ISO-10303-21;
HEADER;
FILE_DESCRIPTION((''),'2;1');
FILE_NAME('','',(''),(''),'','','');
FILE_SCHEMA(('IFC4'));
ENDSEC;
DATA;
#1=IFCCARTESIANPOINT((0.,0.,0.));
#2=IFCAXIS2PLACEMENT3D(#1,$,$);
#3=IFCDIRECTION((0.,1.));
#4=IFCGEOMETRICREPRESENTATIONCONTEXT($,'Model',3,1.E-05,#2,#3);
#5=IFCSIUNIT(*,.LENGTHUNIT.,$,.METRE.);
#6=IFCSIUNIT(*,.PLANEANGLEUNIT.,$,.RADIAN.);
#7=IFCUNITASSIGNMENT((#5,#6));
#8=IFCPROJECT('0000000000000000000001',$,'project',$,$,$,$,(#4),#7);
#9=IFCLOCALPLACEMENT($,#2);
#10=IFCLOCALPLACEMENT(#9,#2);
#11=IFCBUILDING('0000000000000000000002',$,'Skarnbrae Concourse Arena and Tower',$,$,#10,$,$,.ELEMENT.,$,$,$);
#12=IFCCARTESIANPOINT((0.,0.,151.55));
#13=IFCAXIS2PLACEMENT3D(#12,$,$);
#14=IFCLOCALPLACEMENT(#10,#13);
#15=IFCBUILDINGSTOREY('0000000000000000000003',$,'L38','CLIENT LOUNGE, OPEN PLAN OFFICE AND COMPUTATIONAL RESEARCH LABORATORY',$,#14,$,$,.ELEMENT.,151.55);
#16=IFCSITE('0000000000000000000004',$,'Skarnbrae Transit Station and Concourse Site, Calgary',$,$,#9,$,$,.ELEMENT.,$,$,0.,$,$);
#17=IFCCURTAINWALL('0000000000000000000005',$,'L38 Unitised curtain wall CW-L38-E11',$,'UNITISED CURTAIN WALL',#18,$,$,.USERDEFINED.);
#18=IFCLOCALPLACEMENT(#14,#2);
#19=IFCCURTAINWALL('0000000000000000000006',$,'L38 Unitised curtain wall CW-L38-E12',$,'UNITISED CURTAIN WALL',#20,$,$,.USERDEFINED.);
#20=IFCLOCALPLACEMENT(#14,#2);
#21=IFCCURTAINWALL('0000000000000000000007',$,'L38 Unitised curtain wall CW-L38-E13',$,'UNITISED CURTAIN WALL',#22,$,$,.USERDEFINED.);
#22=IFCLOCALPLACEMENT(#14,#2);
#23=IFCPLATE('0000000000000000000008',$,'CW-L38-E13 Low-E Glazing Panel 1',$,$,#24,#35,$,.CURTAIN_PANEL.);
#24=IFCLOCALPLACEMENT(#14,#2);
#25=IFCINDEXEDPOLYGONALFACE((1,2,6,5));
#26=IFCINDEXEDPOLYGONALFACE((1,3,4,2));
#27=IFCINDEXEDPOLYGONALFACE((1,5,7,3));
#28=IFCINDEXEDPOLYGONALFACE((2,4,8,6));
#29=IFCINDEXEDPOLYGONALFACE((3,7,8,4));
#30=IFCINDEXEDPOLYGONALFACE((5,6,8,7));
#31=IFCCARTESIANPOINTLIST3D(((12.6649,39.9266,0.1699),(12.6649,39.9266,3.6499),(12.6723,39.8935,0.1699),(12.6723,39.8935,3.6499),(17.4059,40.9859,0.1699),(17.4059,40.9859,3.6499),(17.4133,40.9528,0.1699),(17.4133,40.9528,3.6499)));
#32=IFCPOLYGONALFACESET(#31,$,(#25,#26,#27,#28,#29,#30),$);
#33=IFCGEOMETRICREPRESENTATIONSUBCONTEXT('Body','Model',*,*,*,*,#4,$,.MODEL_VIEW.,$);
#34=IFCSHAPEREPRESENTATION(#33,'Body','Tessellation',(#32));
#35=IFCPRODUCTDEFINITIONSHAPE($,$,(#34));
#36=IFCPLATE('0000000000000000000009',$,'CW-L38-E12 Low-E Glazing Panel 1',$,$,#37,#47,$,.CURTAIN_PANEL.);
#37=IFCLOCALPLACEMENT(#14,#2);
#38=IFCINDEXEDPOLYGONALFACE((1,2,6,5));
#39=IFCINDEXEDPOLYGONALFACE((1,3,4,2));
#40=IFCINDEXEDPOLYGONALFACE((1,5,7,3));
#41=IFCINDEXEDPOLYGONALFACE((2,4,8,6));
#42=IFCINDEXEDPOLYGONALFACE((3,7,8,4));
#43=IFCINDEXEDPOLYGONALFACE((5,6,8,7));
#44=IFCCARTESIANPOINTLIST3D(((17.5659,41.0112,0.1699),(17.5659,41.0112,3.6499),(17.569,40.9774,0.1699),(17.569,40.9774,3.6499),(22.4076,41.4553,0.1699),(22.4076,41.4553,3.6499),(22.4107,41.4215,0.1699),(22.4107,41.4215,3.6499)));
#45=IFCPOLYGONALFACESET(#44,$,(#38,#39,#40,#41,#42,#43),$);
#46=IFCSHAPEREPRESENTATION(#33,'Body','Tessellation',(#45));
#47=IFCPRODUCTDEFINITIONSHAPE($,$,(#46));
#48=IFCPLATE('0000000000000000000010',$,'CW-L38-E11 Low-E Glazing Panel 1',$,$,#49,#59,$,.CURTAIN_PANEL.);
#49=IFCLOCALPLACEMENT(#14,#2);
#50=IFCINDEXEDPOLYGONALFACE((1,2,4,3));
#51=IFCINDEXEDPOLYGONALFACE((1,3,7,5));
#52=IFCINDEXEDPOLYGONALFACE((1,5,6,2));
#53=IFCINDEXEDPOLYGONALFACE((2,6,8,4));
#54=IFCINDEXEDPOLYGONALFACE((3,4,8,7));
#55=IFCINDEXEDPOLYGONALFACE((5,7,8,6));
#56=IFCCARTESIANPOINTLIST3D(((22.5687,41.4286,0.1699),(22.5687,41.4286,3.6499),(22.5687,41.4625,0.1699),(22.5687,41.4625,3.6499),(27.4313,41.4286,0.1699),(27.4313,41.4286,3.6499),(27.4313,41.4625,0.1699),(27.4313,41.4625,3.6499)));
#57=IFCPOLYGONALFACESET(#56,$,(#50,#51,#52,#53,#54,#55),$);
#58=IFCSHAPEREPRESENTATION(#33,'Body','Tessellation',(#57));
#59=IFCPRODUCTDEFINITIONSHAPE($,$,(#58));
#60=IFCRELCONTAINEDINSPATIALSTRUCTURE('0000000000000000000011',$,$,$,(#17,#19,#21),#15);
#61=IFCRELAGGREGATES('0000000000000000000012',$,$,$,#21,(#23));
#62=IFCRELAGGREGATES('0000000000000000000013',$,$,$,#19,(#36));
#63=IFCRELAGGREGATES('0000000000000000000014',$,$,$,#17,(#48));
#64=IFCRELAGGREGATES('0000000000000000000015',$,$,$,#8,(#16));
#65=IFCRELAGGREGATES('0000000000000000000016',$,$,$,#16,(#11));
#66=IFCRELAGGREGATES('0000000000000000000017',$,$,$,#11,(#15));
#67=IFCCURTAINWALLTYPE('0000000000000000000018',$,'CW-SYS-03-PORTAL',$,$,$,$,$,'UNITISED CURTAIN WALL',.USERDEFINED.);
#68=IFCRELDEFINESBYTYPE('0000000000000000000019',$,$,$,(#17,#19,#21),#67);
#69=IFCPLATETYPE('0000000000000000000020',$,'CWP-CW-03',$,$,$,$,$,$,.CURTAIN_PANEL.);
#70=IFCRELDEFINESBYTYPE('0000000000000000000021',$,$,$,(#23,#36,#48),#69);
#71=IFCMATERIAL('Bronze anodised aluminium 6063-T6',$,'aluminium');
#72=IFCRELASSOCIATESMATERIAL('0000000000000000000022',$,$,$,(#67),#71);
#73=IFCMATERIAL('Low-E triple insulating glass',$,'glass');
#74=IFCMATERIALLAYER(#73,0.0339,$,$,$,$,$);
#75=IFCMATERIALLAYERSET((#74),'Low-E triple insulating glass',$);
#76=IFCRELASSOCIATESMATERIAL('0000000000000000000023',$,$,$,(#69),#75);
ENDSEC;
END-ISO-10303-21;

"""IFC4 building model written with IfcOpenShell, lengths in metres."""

from ifc_helpers import new_model, si_unit, direction, frame, origin, origin_2d, place, context, subcontext, project, spatial, rectangle, extrude, source, transform, mapped, material, layer, layer_set, type_object, element, aggregate, save


model = new_model("IFC4")

# Units and contexts
model_context = context("Model", 3, precision=1e-05, world=origin(), true_north=direction((0.0, 1.0)))
body_context = subcontext(model_context, "Body", "Model", "MODEL_VIEW")
ifc_project = project(units=[si_unit("LENGTHUNIT", "METRE"), si_unit("PLANEANGLEUNIT", "RADIAN")], contexts=[model_context])

# Site, building, storey
site_placement = place(None, origin())
site = spatial("IfcSite", under=ifc_project, at=site_placement, Name="Skarnbrae Transit Station and Concourse Site, Calgary", CompositionType="ELEMENT", RefElevation=0.0)
building_placement = place(site_placement, origin())
building = spatial("IfcBuilding", under=site, at=building_placement, Name="Skarnbrae Concourse Arena and Tower", CompositionType="ELEMENT")
storey_placement = place(building_placement, frame((0.0, 0.0, 151.55)))
storey = spatial("IfcBuildingStorey", under=building, at=storey_placement, Name="L38", Description="CLIENT LOUNGE, OPEN PLAN OFFICE AND COMPUTATIONAL RESEARCH LABORATORY", CompositionType="ELEMENT", Elevation=151.55)

# Curtain wall
ifc_material_1 = material(Name="Bronze anodised aluminium 6063-T6", Category="aluminium")
curtain_wall_type_1 = type_object("IfcCurtainWallType", Name="CW-SYS-03-PORTAL", ElementType="UNITISED CURTAIN WALL", PredefinedType="USERDEFINED", material=ifc_material_1)
curtain_wall_1_placement = place(storey_placement, origin())
curtain_wall_1 = element("IfcCurtainWall", 1, at=curtain_wall_1_placement, inside=storey, type_object=curtain_wall_type_1, Name="L38 Unitised curtain wall CW-L38-E11", ObjectType="UNITISED CURTAIN WALL", PredefinedType="USERDEFINED")

# Curtain walls
curtain_wall_2_placement = place(storey_placement, origin())
curtain_wall_2 = element("IfcCurtainWall", 2, at=curtain_wall_2_placement, inside=storey, type_object=curtain_wall_type_1, Name="L38 Unitised curtain wall CW-L38-E12", ObjectType="UNITISED CURTAIN WALL", PredefinedType="USERDEFINED")
curtain_wall_3_placement = place(storey_placement, origin())
curtain_wall_3 = element("IfcCurtainWall", 3, at=curtain_wall_3_placement, inside=storey, type_object=curtain_wall_type_1, Name="L38 Unitised curtain wall CW-L38-E13", ObjectType="UNITISED CURTAIN WALL", PredefinedType="USERDEFINED")

# Plates
ifc_material_2 = material(Name="Low-E triple insulating glass", Category="glass")
ifc_layer = layer(ifc_material_2, 0.0339)
ifc_layer_set = layer_set([ifc_layer], Name="Low-E triple insulating glass")
plate_type = type_object("IfcPlateType", Name="CWP-CW-03", PredefinedType="CURTAIN_PANEL", material=ifc_layer_set)
shared_shape_1 = source(origin(), body_context, "Body", "SweptSolid", [
    extrude(rectangle(XDim=4.8579, YDim=0.0339, at=origin_2d()), origin(), (0.0, 0.0, 1.0), 3.48),
])
plate_1_placement = place(storey_placement, frame((15.0391, 40.4397, 0.1699), z_axis=(0.0, 0.0, 1.0), x_axis=(-0.975936, -0.218056, 0.0)))
plate_1 = element("IfcPlate", 4, at=plate_1_placement, type_object=plate_type, Name="CW-L38-E13 Low-E Glazing Panel 1", PredefinedType="CURTAIN_PANEL", context=body_context, shape_type="MappedRepresentation", body=[
    mapped(shared_shape_1, transform((0.0, 0.0, 0.0))),
])
aggregate(curtain_wall_3, [plate_1])
shared_shape_2 = source(origin(), body_context, "Body", "SweptSolid", [
    extrude(rectangle(XDim=4.8621, YDim=0.0339, at=origin_2d()), origin(), (0.0, 0.0, 1.0), 3.48),
])
plate_2_placement = place(storey_placement, frame((19.9883, 41.2163, 0.1699), z_axis=(0.0, 0.0, 1.0), x_axis=(-0.99582, -0.091338, 0.0)))
plate_2 = element("IfcPlate", 5, at=plate_2_placement, type_object=plate_type, Name="CW-L38-E12 Low-E Glazing Panel 1", PredefinedType="CURTAIN_PANEL", context=body_context, shape_type="MappedRepresentation", body=[
    mapped(shared_shape_2, transform((0.0, 0.0, 0.0))),
])
aggregate(curtain_wall_2, [plate_2])
shared_shape_3 = source(origin(), body_context, "Body", "SweptSolid", [
    extrude(rectangle(XDim=4.8625, YDim=0.0339, at=origin_2d()), origin(), (0.0, 0.0, 1.0), 3.48),
])
plate_3_placement = place(storey_placement, frame((25.0, 41.4456, 0.1699), z_axis=(0.0, 0.0, 1.0), x_axis=(-1.0, 0.0, 0.0)))
plate_3 = element("IfcPlate", 6, at=plate_3_placement, type_object=plate_type, Name="CW-L38-E11 Low-E Glazing Panel 1", PredefinedType="CURTAIN_PANEL", context=body_context, shape_type="MappedRepresentation", body=[
    mapped(shared_shape_3, transform((0.0, 0.0, 0.0))),
])
aggregate(curtain_wall_1, [plate_3])

save(model, "model.ifc")
